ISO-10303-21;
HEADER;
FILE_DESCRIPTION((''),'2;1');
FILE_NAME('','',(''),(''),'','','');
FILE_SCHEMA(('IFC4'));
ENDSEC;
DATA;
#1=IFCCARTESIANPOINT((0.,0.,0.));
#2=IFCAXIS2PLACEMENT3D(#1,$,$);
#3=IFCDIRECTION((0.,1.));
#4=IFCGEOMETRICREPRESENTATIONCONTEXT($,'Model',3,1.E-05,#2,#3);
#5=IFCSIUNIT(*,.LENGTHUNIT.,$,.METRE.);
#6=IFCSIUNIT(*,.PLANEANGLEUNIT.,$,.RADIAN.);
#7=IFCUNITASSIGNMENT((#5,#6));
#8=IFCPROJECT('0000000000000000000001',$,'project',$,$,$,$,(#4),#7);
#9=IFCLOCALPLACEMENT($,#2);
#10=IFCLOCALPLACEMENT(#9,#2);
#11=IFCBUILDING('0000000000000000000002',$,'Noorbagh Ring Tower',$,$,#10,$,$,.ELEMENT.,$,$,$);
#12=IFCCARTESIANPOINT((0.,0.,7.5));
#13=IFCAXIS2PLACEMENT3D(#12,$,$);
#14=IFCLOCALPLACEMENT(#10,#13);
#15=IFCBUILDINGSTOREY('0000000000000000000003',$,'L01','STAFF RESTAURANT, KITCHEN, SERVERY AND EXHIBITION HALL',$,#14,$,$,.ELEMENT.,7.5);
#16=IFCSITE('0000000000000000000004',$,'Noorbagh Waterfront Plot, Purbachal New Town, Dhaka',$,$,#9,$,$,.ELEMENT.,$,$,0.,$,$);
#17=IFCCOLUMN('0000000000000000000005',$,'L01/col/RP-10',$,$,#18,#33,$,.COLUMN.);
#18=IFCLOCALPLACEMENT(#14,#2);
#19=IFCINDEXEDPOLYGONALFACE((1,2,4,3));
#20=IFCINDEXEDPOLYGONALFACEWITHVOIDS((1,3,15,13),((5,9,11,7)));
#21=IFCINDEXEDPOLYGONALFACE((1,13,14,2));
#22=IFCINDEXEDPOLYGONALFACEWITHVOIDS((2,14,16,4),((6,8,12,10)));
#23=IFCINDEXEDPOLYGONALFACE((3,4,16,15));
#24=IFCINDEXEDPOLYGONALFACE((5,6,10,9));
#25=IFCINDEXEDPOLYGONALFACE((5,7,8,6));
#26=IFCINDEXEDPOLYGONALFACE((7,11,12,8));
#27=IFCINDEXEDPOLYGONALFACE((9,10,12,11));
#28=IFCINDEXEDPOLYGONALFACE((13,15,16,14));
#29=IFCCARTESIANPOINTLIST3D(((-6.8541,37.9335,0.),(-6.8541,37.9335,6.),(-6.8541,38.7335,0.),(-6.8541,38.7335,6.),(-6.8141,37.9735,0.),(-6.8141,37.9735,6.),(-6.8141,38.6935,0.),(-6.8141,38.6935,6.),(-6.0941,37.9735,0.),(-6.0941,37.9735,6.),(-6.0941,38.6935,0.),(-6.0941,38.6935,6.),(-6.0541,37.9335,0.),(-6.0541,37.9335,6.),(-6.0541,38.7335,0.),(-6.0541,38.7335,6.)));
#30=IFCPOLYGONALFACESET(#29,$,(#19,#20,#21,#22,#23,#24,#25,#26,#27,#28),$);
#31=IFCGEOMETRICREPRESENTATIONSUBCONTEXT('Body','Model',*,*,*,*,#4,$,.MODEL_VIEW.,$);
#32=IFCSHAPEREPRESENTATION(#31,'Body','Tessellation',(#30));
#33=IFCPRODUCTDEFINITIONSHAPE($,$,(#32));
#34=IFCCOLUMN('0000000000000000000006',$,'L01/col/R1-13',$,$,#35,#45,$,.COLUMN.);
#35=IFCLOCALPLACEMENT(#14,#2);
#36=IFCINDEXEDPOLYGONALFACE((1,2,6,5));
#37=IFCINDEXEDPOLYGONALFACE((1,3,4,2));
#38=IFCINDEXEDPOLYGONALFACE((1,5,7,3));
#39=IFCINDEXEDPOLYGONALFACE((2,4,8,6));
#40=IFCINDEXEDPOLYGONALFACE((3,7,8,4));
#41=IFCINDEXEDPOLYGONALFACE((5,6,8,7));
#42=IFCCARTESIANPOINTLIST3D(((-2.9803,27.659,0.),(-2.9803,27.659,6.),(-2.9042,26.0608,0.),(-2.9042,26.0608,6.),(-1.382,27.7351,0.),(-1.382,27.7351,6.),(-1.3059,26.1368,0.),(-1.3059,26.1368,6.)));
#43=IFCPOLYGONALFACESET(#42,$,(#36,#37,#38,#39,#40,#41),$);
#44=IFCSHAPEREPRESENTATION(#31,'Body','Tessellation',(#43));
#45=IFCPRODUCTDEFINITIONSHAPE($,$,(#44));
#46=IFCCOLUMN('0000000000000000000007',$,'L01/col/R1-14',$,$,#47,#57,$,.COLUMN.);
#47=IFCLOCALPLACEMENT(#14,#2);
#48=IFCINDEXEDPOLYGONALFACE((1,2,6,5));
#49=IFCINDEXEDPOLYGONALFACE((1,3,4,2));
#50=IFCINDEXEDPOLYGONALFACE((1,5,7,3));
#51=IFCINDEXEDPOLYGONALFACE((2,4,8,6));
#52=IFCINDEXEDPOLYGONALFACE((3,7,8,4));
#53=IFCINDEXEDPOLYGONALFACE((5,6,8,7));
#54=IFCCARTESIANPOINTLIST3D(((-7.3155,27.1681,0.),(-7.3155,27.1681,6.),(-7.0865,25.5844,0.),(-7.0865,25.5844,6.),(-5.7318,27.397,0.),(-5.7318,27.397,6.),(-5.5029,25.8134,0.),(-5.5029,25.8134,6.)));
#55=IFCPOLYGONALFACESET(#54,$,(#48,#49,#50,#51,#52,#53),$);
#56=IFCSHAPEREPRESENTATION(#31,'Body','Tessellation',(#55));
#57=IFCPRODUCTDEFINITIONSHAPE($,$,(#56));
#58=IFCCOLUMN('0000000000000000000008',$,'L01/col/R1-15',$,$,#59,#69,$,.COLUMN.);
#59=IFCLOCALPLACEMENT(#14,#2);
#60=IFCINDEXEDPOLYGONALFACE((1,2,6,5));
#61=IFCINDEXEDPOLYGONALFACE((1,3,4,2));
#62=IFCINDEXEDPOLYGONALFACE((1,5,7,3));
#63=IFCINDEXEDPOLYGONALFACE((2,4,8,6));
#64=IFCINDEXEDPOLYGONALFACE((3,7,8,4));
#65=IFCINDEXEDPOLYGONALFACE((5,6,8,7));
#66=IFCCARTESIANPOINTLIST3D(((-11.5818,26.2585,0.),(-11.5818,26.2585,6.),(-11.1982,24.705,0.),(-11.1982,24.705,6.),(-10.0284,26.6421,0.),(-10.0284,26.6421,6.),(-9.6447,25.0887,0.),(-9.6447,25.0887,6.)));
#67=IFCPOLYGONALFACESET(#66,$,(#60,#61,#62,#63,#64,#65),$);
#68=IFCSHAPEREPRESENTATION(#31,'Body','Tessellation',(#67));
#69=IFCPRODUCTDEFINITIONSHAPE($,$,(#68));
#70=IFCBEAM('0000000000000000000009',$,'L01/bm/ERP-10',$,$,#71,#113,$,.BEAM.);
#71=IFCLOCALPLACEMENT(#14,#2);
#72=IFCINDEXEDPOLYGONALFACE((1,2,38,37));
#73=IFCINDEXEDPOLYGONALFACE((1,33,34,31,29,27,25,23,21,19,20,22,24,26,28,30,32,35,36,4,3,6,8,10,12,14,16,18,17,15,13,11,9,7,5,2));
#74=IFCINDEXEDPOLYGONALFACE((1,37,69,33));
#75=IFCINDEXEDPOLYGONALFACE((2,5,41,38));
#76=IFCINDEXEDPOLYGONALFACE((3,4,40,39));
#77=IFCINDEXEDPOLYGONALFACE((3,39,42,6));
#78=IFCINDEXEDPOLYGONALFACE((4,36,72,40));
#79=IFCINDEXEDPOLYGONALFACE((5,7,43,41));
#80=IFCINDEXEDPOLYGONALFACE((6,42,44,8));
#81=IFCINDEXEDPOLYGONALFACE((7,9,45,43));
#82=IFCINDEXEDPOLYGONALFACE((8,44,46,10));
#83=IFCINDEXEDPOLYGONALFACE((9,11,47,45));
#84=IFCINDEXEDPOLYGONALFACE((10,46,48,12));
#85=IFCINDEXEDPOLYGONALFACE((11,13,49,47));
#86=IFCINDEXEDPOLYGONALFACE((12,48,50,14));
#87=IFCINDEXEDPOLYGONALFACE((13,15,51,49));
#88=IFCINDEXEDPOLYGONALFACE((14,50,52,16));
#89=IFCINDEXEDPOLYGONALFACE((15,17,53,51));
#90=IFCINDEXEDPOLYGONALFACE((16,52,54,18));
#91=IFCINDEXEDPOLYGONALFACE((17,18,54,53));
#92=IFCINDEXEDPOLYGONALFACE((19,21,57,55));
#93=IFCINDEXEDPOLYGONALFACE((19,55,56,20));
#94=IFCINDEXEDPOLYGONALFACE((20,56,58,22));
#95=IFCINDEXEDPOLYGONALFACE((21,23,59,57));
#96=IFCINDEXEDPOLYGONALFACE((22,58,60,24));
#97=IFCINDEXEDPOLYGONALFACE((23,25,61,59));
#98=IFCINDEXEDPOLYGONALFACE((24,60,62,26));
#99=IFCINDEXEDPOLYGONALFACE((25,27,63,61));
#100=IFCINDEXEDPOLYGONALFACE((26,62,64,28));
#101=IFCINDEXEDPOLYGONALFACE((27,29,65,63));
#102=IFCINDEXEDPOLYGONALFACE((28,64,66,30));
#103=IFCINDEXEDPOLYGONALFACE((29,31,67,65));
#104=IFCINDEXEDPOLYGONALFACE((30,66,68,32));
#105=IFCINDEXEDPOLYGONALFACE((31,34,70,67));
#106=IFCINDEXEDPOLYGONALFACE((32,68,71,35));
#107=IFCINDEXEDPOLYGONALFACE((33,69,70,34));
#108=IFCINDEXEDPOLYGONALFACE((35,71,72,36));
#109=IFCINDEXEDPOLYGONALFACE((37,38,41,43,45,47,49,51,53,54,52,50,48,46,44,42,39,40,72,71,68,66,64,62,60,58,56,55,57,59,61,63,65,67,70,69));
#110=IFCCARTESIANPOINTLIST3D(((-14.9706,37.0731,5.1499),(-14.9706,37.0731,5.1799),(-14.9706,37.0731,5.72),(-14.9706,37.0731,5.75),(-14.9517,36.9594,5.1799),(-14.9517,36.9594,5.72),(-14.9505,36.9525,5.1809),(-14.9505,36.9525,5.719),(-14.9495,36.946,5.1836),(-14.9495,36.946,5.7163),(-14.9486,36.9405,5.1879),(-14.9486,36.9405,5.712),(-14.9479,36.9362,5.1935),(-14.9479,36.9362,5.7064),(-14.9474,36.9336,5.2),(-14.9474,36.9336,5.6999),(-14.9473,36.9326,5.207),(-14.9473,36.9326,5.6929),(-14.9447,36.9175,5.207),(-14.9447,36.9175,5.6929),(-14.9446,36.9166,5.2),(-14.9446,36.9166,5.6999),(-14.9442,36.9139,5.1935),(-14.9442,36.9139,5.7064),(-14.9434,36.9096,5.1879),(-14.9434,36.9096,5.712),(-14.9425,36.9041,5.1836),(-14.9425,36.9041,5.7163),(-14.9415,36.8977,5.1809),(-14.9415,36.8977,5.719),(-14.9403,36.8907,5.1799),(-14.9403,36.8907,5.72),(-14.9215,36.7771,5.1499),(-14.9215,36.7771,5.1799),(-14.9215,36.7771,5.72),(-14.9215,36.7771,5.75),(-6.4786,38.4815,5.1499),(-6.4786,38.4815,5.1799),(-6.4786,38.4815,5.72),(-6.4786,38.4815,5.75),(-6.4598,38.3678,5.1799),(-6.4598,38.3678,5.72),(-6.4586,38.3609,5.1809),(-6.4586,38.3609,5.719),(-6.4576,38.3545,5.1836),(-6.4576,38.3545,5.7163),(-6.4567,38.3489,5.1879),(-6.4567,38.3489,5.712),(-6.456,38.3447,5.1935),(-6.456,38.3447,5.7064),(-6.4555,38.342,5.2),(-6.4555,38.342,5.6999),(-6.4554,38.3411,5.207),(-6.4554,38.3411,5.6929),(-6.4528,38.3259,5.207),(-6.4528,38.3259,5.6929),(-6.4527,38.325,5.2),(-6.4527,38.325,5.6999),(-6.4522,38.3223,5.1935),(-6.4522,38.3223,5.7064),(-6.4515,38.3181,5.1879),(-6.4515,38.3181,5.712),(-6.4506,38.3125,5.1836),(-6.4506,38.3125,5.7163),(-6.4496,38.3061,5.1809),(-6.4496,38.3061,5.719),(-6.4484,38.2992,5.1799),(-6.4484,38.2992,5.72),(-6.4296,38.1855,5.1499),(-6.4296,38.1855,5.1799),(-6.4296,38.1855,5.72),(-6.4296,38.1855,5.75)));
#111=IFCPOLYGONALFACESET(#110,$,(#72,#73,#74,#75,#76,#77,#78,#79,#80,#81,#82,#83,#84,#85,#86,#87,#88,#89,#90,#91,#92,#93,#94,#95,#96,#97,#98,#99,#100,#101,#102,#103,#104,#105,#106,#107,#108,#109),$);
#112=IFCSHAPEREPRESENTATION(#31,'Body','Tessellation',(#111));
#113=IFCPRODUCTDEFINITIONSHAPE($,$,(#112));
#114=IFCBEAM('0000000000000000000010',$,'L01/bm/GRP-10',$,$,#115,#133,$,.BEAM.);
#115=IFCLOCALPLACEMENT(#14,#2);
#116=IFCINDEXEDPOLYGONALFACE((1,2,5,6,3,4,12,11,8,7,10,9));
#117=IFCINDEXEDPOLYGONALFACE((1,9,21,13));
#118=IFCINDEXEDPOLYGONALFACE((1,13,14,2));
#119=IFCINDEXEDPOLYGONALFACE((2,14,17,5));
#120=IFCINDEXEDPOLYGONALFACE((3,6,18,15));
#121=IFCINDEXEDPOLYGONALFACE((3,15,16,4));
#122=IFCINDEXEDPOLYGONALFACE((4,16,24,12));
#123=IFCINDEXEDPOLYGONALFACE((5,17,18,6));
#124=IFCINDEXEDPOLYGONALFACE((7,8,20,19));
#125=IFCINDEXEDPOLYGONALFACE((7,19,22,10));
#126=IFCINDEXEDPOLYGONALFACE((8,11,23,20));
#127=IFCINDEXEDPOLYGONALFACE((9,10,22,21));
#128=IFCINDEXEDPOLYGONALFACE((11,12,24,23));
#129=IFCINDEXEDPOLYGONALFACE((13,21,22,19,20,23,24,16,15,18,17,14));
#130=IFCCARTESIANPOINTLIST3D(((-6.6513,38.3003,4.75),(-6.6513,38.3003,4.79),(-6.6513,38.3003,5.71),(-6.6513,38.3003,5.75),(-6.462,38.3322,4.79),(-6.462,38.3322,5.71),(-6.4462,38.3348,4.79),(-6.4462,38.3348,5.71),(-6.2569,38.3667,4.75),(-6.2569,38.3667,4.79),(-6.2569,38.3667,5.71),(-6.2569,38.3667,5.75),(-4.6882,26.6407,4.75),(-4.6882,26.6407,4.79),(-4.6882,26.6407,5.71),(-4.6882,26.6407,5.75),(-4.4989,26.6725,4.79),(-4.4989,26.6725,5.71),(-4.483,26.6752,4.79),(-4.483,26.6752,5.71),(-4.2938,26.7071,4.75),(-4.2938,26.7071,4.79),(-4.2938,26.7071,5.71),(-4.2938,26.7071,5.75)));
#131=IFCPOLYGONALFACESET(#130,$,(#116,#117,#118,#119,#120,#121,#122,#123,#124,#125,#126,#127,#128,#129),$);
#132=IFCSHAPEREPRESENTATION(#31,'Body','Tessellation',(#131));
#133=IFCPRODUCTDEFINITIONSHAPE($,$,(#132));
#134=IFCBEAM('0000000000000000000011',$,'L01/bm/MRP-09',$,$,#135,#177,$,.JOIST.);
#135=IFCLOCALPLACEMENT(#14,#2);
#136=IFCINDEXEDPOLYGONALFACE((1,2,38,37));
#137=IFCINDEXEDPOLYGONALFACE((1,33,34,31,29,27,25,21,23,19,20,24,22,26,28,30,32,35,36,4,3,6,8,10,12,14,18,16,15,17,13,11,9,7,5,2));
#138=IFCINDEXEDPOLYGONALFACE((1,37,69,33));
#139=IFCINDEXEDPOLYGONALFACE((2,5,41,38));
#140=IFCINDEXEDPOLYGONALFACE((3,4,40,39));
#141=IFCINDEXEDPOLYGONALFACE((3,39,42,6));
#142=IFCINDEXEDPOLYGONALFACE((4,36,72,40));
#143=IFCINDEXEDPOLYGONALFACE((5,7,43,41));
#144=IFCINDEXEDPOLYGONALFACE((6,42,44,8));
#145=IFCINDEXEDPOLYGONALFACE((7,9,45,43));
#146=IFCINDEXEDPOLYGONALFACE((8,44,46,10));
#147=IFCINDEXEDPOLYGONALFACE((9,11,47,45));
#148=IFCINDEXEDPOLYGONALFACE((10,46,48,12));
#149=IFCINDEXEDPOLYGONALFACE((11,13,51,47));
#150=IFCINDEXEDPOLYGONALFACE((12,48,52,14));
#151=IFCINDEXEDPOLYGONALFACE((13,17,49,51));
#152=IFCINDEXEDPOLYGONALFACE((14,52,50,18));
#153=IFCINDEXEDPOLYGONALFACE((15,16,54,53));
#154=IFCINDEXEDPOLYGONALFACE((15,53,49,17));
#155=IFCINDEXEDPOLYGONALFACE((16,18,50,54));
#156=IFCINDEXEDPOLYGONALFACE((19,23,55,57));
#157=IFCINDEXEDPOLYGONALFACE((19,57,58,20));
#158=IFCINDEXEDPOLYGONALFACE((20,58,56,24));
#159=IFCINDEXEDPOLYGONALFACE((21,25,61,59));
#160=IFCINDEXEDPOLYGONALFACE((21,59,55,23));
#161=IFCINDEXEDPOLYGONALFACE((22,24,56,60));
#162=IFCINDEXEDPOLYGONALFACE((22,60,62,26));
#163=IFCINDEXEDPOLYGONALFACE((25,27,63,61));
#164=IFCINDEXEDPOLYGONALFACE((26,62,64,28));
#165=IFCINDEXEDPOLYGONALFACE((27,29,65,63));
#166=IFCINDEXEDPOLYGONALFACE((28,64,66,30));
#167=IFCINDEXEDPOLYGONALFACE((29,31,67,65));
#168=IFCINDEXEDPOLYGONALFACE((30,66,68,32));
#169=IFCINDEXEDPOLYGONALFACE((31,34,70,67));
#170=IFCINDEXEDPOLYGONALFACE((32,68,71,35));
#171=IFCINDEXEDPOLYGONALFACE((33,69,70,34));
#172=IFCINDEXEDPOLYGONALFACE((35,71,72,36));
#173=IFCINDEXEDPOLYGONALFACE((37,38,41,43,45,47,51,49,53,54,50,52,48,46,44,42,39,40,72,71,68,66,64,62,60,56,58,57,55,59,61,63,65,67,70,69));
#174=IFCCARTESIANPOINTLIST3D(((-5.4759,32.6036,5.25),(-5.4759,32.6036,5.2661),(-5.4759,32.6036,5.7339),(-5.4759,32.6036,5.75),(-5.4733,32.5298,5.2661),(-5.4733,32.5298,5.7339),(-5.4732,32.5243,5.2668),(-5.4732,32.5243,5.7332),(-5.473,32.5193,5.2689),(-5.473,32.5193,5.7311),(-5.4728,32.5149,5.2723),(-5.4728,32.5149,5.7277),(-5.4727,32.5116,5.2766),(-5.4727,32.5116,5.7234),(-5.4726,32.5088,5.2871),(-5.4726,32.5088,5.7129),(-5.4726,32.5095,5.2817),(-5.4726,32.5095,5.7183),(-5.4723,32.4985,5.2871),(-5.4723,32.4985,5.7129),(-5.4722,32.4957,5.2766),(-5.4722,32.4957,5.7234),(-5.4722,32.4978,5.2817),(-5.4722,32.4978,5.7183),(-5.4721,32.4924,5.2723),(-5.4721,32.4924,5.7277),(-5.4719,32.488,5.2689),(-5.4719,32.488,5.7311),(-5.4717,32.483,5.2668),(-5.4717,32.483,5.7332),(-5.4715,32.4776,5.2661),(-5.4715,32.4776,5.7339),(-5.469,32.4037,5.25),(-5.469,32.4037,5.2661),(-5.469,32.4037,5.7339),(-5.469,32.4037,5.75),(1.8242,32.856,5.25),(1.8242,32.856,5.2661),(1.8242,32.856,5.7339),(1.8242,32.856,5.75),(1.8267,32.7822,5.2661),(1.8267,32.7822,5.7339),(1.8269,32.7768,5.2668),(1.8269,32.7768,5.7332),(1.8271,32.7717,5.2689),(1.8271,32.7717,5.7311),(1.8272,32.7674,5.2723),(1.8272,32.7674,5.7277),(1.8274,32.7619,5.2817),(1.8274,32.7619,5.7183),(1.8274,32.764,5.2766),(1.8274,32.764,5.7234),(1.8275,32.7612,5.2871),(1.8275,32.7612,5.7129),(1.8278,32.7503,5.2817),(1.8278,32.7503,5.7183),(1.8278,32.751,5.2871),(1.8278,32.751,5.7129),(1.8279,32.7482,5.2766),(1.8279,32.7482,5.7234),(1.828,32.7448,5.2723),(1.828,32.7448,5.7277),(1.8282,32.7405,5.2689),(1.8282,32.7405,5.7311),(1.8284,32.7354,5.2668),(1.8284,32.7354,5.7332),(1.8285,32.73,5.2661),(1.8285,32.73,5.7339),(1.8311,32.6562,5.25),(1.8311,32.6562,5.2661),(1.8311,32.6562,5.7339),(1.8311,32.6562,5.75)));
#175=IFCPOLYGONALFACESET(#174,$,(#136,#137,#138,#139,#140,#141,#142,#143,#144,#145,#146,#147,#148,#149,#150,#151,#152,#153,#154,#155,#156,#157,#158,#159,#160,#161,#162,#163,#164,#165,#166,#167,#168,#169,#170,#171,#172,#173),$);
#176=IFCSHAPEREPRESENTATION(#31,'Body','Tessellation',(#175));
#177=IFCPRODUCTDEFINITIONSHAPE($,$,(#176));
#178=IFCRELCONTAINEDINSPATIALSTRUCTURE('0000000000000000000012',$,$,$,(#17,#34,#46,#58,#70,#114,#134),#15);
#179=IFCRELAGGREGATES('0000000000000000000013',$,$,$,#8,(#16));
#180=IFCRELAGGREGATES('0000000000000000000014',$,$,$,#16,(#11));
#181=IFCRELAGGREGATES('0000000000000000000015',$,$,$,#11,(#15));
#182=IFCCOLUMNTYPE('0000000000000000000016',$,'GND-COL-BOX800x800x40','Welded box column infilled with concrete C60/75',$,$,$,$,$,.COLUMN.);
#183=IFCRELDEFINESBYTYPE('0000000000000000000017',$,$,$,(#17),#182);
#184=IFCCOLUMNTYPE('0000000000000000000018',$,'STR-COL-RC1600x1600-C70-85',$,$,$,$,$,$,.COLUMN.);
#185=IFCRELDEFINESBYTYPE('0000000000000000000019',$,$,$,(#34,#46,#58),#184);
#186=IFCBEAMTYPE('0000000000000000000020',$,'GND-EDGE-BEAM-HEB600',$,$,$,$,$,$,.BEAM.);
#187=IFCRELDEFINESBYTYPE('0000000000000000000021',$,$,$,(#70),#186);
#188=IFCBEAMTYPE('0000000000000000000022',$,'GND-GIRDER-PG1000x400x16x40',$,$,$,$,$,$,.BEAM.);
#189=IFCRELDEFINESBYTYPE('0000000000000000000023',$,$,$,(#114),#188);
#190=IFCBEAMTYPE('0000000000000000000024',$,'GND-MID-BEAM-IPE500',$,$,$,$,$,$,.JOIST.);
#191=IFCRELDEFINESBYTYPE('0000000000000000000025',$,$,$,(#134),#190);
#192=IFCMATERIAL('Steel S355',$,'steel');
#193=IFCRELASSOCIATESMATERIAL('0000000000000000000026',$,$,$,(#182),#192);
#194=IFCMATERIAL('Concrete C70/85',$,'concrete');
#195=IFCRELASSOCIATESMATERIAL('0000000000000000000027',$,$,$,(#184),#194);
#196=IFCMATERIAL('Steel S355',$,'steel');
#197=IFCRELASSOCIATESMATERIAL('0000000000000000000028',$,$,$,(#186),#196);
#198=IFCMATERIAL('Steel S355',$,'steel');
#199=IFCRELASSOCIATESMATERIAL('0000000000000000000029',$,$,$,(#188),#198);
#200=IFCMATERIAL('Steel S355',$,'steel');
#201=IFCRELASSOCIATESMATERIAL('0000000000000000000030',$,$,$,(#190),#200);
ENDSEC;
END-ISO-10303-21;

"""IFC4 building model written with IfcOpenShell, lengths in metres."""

from ifc_helpers import new_model, si_unit, direction, frame, origin, origin_2d, place, context, subcontext, project, spatial, rectangle, hollow_rectangle, i_section, extrude, material, material_profile, profile_set, type_object, element, save


model = new_model("IFC4")

# Units and contexts
model_context = context("Model", 3, precision=1e-05, world=origin(), true_north=direction((0.0, 1.0)))
body_context = subcontext(model_context, "Body", "Model", "MODEL_VIEW")
ifc_project = project(units=[si_unit("LENGTHUNIT", "METRE"), si_unit("PLANEANGLEUNIT", "RADIAN")], contexts=[model_context])

# Site, building, storey
site_placement = place(None, origin())
site = spatial("IfcSite", under=ifc_project, at=site_placement, Name="Noorbagh Waterfront Plot, Purbachal New Town, Dhaka", CompositionType="ELEMENT", RefElevation=0.0)
building_placement = place(site_placement, origin())
building = spatial("IfcBuilding", under=site, at=building_placement, Name="Noorbagh Ring Tower", CompositionType="ELEMENT")
storey_placement = place(building_placement, frame((0.0, 0.0, 7.5)))
storey = spatial("IfcBuildingStorey", under=building, at=storey_placement, Name="L01", Description="STAFF RESTAURANT, KITCHEN, SERVERY AND EXHIBITION HALL", CompositionType="ELEMENT", Elevation=7.5)

# Columns
ifc_material_1 = material(Name="Steel S355", Category="steel")
ifc_material_profile_1 = material_profile(ifc_material_1, hollow_rectangle(XDim=0.8, YDim=0.8, WallThickness=0.04, at=origin_2d()), Name="BOX800x800x40")
ifc_profile_set_1 = profile_set([ifc_material_profile_1], Name="Steel S355")
column_type_1 = type_object("IfcColumnType", Name="GND-COL-BOX800x800x40", Description="Welded box column infilled with concrete C60/75", PredefinedType="COLUMN", material=ifc_profile_set_1)
column_placement = place(storey_placement, frame((-6.4541, 38.3335, 0.0), z_axis=(0.0, 0.0, 1.0), x_axis=(1.0, 0.0, 0.0)))
element("IfcColumn", 1, at=column_placement, inside=storey, type_object=column_type_1, Name="L01/col/RP-10", PredefinedType="COLUMN", context=body_context, shape_type="SweptSolid", body=[
    extrude(hollow_rectangle(XDim=0.8, YDim=0.8, WallThickness=0.04, at=origin_2d()), origin(), (0.0, 0.0, 1.0), 6.0),
])
ifc_material_2 = material(Name="Concrete C70/85", Category="concrete")
ifc_material_profile_2 = material_profile(ifc_material_2, rectangle(XDim=1.6001, YDim=1.6001, at=origin_2d()), Name="RC1600x1600")
ifc_profile_set_2 = profile_set([ifc_material_profile_2], Name="Concrete C70/85")
column_type_2 = type_object("IfcColumnType", Name="STR-COL-RC1600x1600-C70-85", PredefinedType="COLUMN", material=ifc_profile_set_2)
for number, where, z_axis, x_axis, name in (
    (2, (-2.1431, 26.8979, 0.0), (0.0, 0.0, 1.0), (-0.998869, -0.047553, 0.0), "L01/col/R1-13"),
    (3, (-6.4092, 26.4907, 0.0), (0.0, 0.0, 1.0), (-0.989713, -0.143066, 0.0), "L01/col/R1-14"),
    (4, (-10.6133, 25.6736, 0.0), (0.0, 0.0, 1.0), (-0.970829, -0.239771, 0.0), "L01/col/R1-15"),
):
    element("IfcColumn", number, at=place(storey_placement, frame(where, z_axis=z_axis, x_axis=x_axis)), inside=storey, type_object=column_type_2, Name=name, PredefinedType="COLUMN", context=body_context, shape_type="SweptSolid", body=[
        extrude(rectangle(XDim=1.6001, YDim=1.6001, at=origin_2d()), origin(), (0.0, 0.0, 1.0), 6.0),
    ])

# Beams
ifc_material_3 = material(Name="Steel S355", Category="steel")
ifc_material_profile_3 = material_profile(ifc_material_3, i_section(OverallWidth=0.3, OverallDepth=0.6001, WebThickness=0.0154, FlangeThickness=0.03, FilletRadius=0.0271, at=origin_2d()), Name="HEB600")
ifc_profile_set_3 = profile_set([ifc_material_profile_3], Name="Steel S355")
beam_type_1 = type_object("IfcBeamType", Name="GND-EDGE-BEAM-HEB600", PredefinedType="BEAM", material=ifc_profile_set_3)
beam_1_placement = place(storey_placement, frame((-6.4541, 38.3335, 5.45), z_axis=(-0.986523, -0.163622, 0.0), x_axis=(0.163622, -0.986523, 0.0)))
element("IfcBeam", 5, at=beam_1_placement, inside=storey, type_object=beam_type_1, Name="L01/bm/ERP-10", PredefinedType="BEAM", context=body_context, shape_type="SweptSolid", body=[
    extrude(i_section(OverallWidth=0.3, OverallDepth=0.6001, WebThickness=0.0154, FlangeThickness=0.03, FilletRadius=0.0271, at=origin_2d()), origin(), (0.0, 0.0, 1.0), 8.6079),
])
ifc_material_4 = material(Name="Steel S355", Category="steel")
ifc_material_profile_4 = material_profile(ifc_material_4, i_section(OverallWidth=0.3999, OverallDepth=1.0, WebThickness=0.0161, FlangeThickness=0.04, at=origin_2d()), Name="PG1000x400x16x40")
ifc_profile_set_4 = profile_set([ifc_material_profile_4], Name="Steel S355")
beam_type_2 = type_object("IfcBeamType", Name="GND-GIRDER-PG1000x400x16x40", PredefinedType="BEAM", material=ifc_profile_set_4)
beam_2_placement = place(storey_placement, frame((-6.4541, 38.3335, 5.25), z_axis=(0.166033, -0.98612, 0.0), x_axis=(0.98612, 0.166033, 0.0)))
element("IfcBeam", 6, at=beam_2_placement, inside=storey, type_object=beam_type_2, Name="L01/bm/GRP-10", PredefinedType="BEAM", context=body_context, shape_type="SweptSolid", body=[
    extrude(i_section(OverallWidth=0.3999, OverallDepth=1.0, WebThickness=0.0161, FlangeThickness=0.04, at=origin_2d()), origin(), (0.0, 0.0, 1.0), 11.8237),
])
ifc_material_5 = material(Name="Steel S355", Category="steel")
ifc_material_profile_5 = material_profile(ifc_material_5, i_section(OverallWidth=0.2, OverallDepth=0.5, WebThickness=0.0103, FlangeThickness=0.0161, FilletRadius=0.021, at=origin_2d()), Name="IPE500")
ifc_profile_set_5 = profile_set([ifc_material_profile_5], Name="Steel S355")
beam_type_3 = type_object("IfcBeamType", Name="GND-MID-BEAM-IPE500", PredefinedType="JOIST", material=ifc_profile_set_5)
beam_3_placement = place(storey_placement, frame((1.8276, 32.7561, 5.5), z_axis=(-0.999403, -0.03456, 0.0), x_axis=(0.03456, -0.999403, 0.0)))
element("IfcBeam", 7, at=beam_3_placement, inside=storey, type_object=beam_type_3, Name="L01/bm/MRP-09", PredefinedType="JOIST", context=body_context, shape_type="SweptSolid", body=[
    extrude(i_section(OverallWidth=0.2, OverallDepth=0.5, WebThickness=0.0103, FlangeThickness=0.0161, FilletRadius=0.021, at=origin_2d()), origin(), (0.0, 0.0, 1.0), 7.3044),
])

save(model, "model.ifc")
